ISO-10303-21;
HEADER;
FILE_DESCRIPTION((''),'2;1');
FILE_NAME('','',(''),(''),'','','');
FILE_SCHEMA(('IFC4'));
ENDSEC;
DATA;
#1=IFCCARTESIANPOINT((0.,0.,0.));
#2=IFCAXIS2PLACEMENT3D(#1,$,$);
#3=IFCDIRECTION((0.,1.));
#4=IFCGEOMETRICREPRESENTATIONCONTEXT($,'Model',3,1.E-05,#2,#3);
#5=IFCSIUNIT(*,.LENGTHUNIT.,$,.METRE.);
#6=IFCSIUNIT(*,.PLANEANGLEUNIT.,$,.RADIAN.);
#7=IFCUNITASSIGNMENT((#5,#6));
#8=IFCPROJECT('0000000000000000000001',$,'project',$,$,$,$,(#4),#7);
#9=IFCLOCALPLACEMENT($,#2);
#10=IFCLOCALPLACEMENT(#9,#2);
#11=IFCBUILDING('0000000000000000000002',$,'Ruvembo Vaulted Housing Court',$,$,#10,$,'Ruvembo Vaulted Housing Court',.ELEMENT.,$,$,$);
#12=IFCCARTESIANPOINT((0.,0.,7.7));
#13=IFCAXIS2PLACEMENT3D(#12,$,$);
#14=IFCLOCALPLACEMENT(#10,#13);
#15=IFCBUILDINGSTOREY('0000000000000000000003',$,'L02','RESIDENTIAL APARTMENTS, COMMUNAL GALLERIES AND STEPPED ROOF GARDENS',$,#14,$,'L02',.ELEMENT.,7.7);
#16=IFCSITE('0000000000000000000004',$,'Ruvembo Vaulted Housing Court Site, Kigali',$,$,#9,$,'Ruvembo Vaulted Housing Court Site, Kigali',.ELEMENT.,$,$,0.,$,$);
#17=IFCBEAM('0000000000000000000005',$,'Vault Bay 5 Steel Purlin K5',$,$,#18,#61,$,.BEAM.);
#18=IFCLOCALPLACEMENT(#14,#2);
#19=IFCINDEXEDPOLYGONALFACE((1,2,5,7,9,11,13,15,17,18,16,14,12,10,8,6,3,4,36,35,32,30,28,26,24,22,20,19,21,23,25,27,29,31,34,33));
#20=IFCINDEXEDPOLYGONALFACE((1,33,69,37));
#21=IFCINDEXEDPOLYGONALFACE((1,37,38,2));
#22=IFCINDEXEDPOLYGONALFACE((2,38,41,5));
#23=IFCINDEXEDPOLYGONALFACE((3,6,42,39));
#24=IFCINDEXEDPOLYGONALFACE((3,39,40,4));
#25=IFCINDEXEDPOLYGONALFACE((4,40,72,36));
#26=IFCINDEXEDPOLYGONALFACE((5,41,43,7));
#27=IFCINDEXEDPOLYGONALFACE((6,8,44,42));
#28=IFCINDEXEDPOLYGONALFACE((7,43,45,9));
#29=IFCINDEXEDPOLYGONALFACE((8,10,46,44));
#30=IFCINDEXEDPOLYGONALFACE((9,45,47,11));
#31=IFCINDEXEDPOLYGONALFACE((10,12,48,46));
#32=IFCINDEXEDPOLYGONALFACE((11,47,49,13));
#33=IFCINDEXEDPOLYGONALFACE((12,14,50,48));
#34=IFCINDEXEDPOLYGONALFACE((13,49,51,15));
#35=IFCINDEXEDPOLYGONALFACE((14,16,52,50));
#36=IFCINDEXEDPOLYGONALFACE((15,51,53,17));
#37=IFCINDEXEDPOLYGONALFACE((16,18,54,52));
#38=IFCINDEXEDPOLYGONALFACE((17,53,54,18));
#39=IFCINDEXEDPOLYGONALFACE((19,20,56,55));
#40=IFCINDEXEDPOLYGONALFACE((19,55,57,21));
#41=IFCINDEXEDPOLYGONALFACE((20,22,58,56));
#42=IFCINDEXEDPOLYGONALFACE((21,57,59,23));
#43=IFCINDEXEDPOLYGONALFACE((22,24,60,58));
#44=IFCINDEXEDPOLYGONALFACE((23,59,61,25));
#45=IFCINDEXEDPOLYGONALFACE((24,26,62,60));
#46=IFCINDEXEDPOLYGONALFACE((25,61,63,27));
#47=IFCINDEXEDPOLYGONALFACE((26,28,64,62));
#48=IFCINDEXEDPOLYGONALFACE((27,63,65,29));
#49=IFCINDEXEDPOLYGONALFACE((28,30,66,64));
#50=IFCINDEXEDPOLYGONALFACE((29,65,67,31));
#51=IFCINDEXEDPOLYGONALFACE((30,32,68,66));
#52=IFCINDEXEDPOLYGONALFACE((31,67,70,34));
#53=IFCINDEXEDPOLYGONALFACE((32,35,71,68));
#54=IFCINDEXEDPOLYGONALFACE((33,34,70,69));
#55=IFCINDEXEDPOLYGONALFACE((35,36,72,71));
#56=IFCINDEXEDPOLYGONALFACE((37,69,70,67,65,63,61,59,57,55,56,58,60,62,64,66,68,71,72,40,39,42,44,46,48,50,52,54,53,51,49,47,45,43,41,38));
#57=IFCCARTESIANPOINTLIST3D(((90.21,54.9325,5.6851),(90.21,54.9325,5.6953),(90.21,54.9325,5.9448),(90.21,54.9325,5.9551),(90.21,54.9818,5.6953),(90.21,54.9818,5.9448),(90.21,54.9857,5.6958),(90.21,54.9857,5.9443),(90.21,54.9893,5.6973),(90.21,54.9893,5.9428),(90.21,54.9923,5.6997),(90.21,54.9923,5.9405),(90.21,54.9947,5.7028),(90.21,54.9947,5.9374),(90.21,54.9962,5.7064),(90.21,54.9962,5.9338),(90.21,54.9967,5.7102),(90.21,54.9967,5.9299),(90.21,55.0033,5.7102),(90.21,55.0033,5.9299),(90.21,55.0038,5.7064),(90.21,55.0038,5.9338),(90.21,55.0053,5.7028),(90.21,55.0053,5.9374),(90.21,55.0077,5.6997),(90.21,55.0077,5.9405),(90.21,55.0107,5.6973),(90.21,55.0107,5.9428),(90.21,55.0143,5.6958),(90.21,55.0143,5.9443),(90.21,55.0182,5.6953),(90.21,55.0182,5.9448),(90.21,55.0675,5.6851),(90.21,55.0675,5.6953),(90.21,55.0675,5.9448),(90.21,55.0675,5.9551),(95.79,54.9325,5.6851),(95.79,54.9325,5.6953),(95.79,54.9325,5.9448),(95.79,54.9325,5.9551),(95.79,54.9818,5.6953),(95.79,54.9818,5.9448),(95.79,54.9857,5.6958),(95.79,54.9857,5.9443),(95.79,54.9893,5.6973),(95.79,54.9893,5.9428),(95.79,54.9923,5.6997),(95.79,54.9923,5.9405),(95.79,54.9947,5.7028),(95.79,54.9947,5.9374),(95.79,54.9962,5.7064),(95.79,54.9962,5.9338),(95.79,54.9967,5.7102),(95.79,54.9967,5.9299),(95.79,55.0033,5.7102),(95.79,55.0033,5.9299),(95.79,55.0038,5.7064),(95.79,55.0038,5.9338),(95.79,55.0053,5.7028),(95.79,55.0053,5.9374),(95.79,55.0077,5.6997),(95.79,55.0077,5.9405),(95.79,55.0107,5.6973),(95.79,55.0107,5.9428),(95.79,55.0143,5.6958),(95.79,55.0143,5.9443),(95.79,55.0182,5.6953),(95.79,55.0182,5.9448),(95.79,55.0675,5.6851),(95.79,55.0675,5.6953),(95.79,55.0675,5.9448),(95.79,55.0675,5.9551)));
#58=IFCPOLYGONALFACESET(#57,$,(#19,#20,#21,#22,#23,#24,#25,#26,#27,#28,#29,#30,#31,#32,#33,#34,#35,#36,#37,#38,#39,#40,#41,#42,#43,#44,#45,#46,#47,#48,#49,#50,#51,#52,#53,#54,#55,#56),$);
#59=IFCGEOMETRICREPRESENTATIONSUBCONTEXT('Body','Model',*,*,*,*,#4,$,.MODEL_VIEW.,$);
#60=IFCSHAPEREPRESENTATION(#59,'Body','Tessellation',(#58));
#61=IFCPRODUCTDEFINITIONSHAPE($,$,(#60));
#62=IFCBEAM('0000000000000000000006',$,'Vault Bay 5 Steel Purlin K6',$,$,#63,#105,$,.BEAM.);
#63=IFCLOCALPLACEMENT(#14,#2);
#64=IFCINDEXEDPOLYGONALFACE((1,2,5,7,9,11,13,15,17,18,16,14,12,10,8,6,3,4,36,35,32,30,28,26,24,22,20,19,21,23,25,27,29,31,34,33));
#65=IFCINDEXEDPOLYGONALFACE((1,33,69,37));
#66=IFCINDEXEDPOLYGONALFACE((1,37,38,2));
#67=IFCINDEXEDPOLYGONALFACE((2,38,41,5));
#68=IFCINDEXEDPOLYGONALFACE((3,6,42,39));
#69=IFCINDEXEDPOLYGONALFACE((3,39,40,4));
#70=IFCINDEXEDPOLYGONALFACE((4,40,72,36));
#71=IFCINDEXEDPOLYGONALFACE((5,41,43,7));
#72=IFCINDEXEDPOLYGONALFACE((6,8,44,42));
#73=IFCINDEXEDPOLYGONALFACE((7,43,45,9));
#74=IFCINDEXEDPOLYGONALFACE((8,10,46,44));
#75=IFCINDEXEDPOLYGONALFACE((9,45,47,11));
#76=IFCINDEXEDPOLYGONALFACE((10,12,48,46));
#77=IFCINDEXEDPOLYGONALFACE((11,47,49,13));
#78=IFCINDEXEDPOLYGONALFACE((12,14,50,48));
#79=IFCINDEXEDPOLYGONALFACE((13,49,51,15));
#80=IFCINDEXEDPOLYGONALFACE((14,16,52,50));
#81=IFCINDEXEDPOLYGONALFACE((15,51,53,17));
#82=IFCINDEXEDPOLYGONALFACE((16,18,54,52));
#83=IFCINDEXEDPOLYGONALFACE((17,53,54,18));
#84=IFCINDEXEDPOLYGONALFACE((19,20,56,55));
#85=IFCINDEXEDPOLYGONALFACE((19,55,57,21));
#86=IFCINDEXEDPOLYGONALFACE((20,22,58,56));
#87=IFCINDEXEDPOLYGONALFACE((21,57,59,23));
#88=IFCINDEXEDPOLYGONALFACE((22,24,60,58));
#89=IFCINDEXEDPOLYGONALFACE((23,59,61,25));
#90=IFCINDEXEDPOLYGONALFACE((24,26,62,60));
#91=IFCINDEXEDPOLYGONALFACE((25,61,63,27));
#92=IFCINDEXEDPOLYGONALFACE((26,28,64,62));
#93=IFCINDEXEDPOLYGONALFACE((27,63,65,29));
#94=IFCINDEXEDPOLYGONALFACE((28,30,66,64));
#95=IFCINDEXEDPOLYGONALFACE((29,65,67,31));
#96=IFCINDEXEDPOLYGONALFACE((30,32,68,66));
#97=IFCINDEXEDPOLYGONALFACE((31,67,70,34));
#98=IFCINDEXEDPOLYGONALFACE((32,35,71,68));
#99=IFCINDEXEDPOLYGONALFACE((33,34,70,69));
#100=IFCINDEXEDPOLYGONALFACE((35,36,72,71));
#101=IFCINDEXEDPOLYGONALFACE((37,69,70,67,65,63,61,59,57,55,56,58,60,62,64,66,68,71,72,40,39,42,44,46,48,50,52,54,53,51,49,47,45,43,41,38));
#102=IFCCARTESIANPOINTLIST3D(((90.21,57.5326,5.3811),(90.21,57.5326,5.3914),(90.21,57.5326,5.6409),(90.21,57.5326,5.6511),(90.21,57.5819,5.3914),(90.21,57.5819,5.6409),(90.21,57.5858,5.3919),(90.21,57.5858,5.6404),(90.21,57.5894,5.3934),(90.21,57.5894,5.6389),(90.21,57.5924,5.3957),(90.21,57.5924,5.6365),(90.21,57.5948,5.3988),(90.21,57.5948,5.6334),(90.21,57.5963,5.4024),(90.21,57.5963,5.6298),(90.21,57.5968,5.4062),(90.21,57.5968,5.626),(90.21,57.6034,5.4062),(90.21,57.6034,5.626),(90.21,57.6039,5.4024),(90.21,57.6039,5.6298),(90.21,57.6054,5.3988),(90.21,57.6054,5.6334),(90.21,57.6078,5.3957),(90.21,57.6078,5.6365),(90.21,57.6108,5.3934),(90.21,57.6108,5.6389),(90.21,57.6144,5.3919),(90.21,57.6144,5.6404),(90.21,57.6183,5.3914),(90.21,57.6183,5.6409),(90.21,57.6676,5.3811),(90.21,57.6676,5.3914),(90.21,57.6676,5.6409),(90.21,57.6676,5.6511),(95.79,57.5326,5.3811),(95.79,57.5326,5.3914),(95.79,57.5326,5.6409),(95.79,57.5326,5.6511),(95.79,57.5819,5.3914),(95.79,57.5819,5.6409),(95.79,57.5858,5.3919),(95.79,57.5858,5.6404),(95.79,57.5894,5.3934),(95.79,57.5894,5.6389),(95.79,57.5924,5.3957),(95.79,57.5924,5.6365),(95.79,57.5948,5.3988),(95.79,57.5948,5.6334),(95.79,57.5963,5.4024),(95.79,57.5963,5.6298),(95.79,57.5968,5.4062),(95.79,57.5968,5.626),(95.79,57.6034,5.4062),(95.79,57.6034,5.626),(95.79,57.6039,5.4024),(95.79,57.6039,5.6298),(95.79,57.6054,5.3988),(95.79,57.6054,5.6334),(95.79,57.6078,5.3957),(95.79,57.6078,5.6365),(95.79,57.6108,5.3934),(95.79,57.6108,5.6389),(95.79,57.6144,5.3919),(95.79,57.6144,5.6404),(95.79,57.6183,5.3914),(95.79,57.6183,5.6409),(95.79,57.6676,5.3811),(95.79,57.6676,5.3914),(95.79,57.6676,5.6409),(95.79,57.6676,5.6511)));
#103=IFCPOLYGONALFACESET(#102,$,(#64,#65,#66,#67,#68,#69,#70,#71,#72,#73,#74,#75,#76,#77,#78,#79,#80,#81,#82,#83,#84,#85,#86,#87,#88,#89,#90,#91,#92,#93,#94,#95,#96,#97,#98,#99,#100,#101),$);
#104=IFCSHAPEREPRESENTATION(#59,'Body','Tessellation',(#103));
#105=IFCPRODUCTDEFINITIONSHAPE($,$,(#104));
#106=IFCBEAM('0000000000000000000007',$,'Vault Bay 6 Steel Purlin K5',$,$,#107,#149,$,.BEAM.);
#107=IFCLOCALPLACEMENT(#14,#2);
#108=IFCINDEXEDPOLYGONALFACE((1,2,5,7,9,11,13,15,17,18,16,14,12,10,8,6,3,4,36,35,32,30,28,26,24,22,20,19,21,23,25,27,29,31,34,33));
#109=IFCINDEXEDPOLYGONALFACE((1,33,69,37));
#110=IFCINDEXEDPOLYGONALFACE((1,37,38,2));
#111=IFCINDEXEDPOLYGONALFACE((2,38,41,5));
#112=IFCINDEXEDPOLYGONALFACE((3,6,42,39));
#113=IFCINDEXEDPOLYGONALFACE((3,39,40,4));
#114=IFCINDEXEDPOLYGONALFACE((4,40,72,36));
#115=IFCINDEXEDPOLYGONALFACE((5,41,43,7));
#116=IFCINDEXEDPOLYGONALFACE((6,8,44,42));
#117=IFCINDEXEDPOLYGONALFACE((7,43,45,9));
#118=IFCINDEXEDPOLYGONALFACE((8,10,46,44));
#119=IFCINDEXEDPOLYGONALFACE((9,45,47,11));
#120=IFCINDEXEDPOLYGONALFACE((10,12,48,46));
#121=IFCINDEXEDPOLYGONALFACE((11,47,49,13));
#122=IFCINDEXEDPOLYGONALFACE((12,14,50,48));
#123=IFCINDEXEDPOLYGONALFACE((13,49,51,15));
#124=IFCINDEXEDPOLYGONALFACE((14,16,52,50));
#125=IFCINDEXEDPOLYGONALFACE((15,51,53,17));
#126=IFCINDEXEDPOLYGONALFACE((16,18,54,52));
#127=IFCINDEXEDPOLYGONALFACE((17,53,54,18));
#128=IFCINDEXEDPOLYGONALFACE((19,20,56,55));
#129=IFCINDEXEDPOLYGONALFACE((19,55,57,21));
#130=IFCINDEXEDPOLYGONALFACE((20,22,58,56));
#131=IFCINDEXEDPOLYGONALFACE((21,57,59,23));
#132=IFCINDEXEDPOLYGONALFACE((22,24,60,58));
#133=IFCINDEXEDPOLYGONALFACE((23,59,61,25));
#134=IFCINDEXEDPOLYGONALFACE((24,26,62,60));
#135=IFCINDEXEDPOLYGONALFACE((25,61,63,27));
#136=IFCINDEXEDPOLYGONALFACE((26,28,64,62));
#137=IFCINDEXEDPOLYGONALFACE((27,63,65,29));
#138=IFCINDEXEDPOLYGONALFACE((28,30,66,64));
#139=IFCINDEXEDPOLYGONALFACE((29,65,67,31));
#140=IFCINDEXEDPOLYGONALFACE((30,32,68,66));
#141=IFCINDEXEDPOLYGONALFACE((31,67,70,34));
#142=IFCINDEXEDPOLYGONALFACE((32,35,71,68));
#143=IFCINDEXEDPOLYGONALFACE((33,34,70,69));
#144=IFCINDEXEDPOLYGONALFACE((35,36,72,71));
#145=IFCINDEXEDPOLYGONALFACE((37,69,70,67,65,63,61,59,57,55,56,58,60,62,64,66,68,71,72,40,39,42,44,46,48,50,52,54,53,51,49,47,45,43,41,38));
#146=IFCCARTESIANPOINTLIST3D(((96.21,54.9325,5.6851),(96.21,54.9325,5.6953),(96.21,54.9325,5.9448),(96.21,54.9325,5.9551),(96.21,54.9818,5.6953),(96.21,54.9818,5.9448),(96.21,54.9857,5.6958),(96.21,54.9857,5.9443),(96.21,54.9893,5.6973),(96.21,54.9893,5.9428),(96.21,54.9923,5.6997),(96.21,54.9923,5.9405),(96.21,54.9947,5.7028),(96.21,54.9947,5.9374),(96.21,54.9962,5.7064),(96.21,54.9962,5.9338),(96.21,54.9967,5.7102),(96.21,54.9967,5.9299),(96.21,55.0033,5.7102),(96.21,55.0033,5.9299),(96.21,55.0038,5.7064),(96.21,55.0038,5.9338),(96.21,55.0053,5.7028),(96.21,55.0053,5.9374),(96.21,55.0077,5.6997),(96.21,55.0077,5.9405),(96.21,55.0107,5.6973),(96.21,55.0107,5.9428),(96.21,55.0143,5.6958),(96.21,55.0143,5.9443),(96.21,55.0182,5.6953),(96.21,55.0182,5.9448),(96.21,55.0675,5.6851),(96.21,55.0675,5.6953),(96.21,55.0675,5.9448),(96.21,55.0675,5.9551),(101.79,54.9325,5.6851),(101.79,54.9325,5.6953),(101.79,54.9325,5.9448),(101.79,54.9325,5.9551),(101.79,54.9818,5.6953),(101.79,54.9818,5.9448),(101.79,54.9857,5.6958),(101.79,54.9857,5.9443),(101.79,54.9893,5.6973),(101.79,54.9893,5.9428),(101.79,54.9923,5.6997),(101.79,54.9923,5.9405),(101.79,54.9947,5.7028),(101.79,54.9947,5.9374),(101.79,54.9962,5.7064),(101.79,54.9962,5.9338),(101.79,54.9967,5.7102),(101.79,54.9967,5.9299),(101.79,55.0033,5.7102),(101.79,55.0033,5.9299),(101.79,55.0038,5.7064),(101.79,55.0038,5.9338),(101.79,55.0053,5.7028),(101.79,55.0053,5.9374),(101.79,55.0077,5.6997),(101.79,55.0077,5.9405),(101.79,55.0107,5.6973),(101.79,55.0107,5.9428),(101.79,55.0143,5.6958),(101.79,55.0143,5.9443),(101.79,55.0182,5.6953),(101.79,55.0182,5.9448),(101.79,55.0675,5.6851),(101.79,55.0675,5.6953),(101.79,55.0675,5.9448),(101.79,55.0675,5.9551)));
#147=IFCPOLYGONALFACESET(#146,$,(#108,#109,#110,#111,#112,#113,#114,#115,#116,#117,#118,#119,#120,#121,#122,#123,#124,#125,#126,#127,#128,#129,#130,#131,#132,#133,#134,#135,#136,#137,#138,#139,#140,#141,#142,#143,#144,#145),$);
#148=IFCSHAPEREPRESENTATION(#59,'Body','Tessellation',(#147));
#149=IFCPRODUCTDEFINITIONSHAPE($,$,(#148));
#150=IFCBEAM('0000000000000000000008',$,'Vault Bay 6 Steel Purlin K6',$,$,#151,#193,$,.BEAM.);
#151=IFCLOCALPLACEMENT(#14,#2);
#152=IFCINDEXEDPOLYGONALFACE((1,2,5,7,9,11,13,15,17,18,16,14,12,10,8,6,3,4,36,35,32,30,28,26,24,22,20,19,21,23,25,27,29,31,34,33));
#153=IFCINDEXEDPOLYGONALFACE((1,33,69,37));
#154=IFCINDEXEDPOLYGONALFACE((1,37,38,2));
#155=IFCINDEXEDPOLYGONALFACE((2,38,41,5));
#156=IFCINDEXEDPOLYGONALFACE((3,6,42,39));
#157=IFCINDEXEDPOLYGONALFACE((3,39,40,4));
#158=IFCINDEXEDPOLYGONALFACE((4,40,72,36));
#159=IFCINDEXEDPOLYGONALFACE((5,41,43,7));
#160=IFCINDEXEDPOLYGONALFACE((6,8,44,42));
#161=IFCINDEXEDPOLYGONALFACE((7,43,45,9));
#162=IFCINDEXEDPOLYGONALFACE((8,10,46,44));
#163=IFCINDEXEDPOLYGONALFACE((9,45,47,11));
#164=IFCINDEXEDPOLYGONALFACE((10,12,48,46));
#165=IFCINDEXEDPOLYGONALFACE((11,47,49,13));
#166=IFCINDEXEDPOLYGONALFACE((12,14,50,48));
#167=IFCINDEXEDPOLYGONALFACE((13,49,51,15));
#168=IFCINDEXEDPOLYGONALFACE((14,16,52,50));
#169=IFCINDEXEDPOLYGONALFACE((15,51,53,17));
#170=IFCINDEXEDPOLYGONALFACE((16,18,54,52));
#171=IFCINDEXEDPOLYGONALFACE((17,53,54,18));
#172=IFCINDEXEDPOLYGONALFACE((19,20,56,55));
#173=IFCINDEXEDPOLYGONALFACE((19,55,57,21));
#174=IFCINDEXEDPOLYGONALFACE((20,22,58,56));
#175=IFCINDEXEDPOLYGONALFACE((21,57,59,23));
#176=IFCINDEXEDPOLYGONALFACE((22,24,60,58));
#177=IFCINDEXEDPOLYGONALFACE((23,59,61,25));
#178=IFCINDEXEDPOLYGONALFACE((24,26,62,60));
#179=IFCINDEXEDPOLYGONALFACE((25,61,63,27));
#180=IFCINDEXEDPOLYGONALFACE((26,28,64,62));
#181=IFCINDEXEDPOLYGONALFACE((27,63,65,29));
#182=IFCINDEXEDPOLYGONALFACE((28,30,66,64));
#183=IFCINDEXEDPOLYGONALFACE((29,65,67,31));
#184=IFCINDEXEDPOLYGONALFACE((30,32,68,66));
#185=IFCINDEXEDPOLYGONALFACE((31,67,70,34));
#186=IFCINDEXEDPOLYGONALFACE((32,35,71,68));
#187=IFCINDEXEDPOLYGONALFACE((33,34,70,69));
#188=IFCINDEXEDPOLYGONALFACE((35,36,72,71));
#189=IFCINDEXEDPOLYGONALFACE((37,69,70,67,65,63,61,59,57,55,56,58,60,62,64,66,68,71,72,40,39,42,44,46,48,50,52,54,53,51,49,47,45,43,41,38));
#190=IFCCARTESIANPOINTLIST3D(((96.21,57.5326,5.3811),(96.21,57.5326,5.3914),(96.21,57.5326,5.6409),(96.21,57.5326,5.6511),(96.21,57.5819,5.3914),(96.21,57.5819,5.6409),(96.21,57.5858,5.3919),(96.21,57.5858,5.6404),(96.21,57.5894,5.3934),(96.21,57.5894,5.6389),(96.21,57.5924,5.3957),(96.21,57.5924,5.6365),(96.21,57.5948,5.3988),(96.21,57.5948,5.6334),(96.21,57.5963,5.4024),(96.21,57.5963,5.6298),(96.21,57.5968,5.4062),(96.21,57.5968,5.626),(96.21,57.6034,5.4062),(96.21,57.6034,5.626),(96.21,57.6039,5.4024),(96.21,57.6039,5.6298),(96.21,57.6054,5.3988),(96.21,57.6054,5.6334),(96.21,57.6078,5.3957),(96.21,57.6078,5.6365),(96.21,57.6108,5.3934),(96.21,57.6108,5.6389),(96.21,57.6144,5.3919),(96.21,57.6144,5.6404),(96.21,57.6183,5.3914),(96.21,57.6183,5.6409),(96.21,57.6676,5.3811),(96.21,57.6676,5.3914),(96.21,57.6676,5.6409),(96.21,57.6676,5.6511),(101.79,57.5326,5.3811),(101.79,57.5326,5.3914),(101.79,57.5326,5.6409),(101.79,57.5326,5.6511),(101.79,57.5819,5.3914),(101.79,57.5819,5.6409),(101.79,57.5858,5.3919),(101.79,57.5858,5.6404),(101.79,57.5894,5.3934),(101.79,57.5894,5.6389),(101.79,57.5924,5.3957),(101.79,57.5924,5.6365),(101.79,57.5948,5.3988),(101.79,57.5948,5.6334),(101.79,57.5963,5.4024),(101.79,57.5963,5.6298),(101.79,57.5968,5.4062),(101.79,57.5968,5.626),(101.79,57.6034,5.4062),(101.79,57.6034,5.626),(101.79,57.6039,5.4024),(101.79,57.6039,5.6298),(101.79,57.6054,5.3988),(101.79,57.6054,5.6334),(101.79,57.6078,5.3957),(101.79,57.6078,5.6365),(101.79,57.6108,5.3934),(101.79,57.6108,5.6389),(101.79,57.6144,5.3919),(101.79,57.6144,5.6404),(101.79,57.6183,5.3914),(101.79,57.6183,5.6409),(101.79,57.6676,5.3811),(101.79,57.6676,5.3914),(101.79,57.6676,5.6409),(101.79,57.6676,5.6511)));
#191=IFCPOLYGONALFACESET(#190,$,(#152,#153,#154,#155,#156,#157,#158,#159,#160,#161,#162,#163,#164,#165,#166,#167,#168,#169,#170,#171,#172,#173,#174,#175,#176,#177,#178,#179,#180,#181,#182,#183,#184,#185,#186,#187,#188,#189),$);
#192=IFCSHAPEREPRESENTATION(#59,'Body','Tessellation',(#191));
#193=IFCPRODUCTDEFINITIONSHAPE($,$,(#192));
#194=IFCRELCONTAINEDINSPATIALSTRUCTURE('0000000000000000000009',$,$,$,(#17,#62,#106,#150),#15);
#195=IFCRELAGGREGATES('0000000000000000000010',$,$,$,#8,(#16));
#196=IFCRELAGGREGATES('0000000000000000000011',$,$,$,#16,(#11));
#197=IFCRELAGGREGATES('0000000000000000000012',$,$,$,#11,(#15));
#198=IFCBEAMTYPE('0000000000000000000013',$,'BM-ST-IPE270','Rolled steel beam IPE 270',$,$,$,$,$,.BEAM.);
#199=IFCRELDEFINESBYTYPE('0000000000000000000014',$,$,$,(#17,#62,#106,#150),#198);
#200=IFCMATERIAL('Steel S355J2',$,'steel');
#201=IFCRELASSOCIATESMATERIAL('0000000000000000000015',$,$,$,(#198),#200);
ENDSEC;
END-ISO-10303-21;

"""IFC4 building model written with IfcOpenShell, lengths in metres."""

from ifc_helpers import new_model, si_unit, direction, frame, origin, origin_2d, place, context, subcontext, project, spatial, i_section, extrude, material, material_profile, profile_set, type_object, element, save


model = new_model("IFC4")

# Units and contexts
model_context = context("Model", 3, precision=1e-05, world=origin(), true_north=direction((0.0, 1.0)))
body_context = subcontext(model_context, "Body", "Model", "MODEL_VIEW")
ifc_project = project(units=[si_unit("LENGTHUNIT", "METRE"), si_unit("PLANEANGLEUNIT", "RADIAN")], contexts=[model_context])

# Site, building, storey
site_placement = place(None, origin())
site = spatial("IfcSite", under=ifc_project, at=site_placement, Name="Ruvembo Vaulted Housing Court Site, Kigali", LongName="Ruvembo Vaulted Housing Court Site, Kigali", CompositionType="ELEMENT", RefElevation=0.0)
building_placement = place(site_placement, origin())
building = spatial("IfcBuilding", under=site, at=building_placement, Name="Ruvembo Vaulted Housing Court", LongName="Ruvembo Vaulted Housing Court", CompositionType="ELEMENT")
storey_placement = place(building_placement, frame((0.0, 0.0, 7.7)))
storey = spatial("IfcBuildingStorey", under=building, at=storey_placement, Name="L02", Description="RESIDENTIAL APARTMENTS, COMMUNAL GALLERIES AND STEPPED ROOF GARDENS", LongName="L02", CompositionType="ELEMENT", Elevation=7.7)

# Beams
ifc_material_1 = material(Name="Steel S355J2", Category="steel")
ifc_material_profile_1 = material_profile(ifc_material_1, i_section(OverallWidth=0.135, OverallDepth=0.27, WebThickness=0.0066, FlangeThickness=0.0103, FilletRadius=0.0149, at=origin_2d()), Name="IPE 270")
ifc_profile_set_1 = profile_set([ifc_material_profile_1], Name="Steel S355J2")
beam_type_1 = type_object("IfcBeamType", Name="BM-ST-IPE270", Description="Rolled steel beam IPE 270", PredefinedType="BEAM", material=ifc_profile_set_1)
for number, where, z_axis, x_axis, name in (
    (1, (90.21, 55.0, 5.8201), (1.0, 0.0, 0.0), (0.0, 1.0, 0.0), "Vault Bay 5 Steel Purlin K5"),
    (2, (90.21, 57.6001, 5.5161), (1.0, 0.0, 0.0), (0.0, 1.0, 0.0), "Vault Bay 5 Steel Purlin K6"),
    (3, (96.21, 55.0, 5.8201), (1.0, 0.0, 0.0), (0.0, 1.0, 0.0), "Vault Bay 6 Steel Purlin K5"),
    (4, (96.21, 57.6001, 5.5161), (1.0, 0.0, 0.0), (0.0, 1.0, 0.0), "Vault Bay 6 Steel Purlin K6"),
):
    element("IfcBeam", number, at=place(storey_placement, frame(where, z_axis=z_axis, x_axis=x_axis)), inside=storey, type_object=beam_type_1, Name=name, PredefinedType="BEAM", context=body_context, shape_type="SweptSolid", body=[
        extrude(i_section(OverallWidth=0.135, OverallDepth=0.27, WebThickness=0.0066, FlangeThickness=0.0103, FilletRadius=0.0149, at=origin_2d()), origin(), (0.0, 0.0, 1.0), 5.5801),
    ])

save(model, "model.ifc")
